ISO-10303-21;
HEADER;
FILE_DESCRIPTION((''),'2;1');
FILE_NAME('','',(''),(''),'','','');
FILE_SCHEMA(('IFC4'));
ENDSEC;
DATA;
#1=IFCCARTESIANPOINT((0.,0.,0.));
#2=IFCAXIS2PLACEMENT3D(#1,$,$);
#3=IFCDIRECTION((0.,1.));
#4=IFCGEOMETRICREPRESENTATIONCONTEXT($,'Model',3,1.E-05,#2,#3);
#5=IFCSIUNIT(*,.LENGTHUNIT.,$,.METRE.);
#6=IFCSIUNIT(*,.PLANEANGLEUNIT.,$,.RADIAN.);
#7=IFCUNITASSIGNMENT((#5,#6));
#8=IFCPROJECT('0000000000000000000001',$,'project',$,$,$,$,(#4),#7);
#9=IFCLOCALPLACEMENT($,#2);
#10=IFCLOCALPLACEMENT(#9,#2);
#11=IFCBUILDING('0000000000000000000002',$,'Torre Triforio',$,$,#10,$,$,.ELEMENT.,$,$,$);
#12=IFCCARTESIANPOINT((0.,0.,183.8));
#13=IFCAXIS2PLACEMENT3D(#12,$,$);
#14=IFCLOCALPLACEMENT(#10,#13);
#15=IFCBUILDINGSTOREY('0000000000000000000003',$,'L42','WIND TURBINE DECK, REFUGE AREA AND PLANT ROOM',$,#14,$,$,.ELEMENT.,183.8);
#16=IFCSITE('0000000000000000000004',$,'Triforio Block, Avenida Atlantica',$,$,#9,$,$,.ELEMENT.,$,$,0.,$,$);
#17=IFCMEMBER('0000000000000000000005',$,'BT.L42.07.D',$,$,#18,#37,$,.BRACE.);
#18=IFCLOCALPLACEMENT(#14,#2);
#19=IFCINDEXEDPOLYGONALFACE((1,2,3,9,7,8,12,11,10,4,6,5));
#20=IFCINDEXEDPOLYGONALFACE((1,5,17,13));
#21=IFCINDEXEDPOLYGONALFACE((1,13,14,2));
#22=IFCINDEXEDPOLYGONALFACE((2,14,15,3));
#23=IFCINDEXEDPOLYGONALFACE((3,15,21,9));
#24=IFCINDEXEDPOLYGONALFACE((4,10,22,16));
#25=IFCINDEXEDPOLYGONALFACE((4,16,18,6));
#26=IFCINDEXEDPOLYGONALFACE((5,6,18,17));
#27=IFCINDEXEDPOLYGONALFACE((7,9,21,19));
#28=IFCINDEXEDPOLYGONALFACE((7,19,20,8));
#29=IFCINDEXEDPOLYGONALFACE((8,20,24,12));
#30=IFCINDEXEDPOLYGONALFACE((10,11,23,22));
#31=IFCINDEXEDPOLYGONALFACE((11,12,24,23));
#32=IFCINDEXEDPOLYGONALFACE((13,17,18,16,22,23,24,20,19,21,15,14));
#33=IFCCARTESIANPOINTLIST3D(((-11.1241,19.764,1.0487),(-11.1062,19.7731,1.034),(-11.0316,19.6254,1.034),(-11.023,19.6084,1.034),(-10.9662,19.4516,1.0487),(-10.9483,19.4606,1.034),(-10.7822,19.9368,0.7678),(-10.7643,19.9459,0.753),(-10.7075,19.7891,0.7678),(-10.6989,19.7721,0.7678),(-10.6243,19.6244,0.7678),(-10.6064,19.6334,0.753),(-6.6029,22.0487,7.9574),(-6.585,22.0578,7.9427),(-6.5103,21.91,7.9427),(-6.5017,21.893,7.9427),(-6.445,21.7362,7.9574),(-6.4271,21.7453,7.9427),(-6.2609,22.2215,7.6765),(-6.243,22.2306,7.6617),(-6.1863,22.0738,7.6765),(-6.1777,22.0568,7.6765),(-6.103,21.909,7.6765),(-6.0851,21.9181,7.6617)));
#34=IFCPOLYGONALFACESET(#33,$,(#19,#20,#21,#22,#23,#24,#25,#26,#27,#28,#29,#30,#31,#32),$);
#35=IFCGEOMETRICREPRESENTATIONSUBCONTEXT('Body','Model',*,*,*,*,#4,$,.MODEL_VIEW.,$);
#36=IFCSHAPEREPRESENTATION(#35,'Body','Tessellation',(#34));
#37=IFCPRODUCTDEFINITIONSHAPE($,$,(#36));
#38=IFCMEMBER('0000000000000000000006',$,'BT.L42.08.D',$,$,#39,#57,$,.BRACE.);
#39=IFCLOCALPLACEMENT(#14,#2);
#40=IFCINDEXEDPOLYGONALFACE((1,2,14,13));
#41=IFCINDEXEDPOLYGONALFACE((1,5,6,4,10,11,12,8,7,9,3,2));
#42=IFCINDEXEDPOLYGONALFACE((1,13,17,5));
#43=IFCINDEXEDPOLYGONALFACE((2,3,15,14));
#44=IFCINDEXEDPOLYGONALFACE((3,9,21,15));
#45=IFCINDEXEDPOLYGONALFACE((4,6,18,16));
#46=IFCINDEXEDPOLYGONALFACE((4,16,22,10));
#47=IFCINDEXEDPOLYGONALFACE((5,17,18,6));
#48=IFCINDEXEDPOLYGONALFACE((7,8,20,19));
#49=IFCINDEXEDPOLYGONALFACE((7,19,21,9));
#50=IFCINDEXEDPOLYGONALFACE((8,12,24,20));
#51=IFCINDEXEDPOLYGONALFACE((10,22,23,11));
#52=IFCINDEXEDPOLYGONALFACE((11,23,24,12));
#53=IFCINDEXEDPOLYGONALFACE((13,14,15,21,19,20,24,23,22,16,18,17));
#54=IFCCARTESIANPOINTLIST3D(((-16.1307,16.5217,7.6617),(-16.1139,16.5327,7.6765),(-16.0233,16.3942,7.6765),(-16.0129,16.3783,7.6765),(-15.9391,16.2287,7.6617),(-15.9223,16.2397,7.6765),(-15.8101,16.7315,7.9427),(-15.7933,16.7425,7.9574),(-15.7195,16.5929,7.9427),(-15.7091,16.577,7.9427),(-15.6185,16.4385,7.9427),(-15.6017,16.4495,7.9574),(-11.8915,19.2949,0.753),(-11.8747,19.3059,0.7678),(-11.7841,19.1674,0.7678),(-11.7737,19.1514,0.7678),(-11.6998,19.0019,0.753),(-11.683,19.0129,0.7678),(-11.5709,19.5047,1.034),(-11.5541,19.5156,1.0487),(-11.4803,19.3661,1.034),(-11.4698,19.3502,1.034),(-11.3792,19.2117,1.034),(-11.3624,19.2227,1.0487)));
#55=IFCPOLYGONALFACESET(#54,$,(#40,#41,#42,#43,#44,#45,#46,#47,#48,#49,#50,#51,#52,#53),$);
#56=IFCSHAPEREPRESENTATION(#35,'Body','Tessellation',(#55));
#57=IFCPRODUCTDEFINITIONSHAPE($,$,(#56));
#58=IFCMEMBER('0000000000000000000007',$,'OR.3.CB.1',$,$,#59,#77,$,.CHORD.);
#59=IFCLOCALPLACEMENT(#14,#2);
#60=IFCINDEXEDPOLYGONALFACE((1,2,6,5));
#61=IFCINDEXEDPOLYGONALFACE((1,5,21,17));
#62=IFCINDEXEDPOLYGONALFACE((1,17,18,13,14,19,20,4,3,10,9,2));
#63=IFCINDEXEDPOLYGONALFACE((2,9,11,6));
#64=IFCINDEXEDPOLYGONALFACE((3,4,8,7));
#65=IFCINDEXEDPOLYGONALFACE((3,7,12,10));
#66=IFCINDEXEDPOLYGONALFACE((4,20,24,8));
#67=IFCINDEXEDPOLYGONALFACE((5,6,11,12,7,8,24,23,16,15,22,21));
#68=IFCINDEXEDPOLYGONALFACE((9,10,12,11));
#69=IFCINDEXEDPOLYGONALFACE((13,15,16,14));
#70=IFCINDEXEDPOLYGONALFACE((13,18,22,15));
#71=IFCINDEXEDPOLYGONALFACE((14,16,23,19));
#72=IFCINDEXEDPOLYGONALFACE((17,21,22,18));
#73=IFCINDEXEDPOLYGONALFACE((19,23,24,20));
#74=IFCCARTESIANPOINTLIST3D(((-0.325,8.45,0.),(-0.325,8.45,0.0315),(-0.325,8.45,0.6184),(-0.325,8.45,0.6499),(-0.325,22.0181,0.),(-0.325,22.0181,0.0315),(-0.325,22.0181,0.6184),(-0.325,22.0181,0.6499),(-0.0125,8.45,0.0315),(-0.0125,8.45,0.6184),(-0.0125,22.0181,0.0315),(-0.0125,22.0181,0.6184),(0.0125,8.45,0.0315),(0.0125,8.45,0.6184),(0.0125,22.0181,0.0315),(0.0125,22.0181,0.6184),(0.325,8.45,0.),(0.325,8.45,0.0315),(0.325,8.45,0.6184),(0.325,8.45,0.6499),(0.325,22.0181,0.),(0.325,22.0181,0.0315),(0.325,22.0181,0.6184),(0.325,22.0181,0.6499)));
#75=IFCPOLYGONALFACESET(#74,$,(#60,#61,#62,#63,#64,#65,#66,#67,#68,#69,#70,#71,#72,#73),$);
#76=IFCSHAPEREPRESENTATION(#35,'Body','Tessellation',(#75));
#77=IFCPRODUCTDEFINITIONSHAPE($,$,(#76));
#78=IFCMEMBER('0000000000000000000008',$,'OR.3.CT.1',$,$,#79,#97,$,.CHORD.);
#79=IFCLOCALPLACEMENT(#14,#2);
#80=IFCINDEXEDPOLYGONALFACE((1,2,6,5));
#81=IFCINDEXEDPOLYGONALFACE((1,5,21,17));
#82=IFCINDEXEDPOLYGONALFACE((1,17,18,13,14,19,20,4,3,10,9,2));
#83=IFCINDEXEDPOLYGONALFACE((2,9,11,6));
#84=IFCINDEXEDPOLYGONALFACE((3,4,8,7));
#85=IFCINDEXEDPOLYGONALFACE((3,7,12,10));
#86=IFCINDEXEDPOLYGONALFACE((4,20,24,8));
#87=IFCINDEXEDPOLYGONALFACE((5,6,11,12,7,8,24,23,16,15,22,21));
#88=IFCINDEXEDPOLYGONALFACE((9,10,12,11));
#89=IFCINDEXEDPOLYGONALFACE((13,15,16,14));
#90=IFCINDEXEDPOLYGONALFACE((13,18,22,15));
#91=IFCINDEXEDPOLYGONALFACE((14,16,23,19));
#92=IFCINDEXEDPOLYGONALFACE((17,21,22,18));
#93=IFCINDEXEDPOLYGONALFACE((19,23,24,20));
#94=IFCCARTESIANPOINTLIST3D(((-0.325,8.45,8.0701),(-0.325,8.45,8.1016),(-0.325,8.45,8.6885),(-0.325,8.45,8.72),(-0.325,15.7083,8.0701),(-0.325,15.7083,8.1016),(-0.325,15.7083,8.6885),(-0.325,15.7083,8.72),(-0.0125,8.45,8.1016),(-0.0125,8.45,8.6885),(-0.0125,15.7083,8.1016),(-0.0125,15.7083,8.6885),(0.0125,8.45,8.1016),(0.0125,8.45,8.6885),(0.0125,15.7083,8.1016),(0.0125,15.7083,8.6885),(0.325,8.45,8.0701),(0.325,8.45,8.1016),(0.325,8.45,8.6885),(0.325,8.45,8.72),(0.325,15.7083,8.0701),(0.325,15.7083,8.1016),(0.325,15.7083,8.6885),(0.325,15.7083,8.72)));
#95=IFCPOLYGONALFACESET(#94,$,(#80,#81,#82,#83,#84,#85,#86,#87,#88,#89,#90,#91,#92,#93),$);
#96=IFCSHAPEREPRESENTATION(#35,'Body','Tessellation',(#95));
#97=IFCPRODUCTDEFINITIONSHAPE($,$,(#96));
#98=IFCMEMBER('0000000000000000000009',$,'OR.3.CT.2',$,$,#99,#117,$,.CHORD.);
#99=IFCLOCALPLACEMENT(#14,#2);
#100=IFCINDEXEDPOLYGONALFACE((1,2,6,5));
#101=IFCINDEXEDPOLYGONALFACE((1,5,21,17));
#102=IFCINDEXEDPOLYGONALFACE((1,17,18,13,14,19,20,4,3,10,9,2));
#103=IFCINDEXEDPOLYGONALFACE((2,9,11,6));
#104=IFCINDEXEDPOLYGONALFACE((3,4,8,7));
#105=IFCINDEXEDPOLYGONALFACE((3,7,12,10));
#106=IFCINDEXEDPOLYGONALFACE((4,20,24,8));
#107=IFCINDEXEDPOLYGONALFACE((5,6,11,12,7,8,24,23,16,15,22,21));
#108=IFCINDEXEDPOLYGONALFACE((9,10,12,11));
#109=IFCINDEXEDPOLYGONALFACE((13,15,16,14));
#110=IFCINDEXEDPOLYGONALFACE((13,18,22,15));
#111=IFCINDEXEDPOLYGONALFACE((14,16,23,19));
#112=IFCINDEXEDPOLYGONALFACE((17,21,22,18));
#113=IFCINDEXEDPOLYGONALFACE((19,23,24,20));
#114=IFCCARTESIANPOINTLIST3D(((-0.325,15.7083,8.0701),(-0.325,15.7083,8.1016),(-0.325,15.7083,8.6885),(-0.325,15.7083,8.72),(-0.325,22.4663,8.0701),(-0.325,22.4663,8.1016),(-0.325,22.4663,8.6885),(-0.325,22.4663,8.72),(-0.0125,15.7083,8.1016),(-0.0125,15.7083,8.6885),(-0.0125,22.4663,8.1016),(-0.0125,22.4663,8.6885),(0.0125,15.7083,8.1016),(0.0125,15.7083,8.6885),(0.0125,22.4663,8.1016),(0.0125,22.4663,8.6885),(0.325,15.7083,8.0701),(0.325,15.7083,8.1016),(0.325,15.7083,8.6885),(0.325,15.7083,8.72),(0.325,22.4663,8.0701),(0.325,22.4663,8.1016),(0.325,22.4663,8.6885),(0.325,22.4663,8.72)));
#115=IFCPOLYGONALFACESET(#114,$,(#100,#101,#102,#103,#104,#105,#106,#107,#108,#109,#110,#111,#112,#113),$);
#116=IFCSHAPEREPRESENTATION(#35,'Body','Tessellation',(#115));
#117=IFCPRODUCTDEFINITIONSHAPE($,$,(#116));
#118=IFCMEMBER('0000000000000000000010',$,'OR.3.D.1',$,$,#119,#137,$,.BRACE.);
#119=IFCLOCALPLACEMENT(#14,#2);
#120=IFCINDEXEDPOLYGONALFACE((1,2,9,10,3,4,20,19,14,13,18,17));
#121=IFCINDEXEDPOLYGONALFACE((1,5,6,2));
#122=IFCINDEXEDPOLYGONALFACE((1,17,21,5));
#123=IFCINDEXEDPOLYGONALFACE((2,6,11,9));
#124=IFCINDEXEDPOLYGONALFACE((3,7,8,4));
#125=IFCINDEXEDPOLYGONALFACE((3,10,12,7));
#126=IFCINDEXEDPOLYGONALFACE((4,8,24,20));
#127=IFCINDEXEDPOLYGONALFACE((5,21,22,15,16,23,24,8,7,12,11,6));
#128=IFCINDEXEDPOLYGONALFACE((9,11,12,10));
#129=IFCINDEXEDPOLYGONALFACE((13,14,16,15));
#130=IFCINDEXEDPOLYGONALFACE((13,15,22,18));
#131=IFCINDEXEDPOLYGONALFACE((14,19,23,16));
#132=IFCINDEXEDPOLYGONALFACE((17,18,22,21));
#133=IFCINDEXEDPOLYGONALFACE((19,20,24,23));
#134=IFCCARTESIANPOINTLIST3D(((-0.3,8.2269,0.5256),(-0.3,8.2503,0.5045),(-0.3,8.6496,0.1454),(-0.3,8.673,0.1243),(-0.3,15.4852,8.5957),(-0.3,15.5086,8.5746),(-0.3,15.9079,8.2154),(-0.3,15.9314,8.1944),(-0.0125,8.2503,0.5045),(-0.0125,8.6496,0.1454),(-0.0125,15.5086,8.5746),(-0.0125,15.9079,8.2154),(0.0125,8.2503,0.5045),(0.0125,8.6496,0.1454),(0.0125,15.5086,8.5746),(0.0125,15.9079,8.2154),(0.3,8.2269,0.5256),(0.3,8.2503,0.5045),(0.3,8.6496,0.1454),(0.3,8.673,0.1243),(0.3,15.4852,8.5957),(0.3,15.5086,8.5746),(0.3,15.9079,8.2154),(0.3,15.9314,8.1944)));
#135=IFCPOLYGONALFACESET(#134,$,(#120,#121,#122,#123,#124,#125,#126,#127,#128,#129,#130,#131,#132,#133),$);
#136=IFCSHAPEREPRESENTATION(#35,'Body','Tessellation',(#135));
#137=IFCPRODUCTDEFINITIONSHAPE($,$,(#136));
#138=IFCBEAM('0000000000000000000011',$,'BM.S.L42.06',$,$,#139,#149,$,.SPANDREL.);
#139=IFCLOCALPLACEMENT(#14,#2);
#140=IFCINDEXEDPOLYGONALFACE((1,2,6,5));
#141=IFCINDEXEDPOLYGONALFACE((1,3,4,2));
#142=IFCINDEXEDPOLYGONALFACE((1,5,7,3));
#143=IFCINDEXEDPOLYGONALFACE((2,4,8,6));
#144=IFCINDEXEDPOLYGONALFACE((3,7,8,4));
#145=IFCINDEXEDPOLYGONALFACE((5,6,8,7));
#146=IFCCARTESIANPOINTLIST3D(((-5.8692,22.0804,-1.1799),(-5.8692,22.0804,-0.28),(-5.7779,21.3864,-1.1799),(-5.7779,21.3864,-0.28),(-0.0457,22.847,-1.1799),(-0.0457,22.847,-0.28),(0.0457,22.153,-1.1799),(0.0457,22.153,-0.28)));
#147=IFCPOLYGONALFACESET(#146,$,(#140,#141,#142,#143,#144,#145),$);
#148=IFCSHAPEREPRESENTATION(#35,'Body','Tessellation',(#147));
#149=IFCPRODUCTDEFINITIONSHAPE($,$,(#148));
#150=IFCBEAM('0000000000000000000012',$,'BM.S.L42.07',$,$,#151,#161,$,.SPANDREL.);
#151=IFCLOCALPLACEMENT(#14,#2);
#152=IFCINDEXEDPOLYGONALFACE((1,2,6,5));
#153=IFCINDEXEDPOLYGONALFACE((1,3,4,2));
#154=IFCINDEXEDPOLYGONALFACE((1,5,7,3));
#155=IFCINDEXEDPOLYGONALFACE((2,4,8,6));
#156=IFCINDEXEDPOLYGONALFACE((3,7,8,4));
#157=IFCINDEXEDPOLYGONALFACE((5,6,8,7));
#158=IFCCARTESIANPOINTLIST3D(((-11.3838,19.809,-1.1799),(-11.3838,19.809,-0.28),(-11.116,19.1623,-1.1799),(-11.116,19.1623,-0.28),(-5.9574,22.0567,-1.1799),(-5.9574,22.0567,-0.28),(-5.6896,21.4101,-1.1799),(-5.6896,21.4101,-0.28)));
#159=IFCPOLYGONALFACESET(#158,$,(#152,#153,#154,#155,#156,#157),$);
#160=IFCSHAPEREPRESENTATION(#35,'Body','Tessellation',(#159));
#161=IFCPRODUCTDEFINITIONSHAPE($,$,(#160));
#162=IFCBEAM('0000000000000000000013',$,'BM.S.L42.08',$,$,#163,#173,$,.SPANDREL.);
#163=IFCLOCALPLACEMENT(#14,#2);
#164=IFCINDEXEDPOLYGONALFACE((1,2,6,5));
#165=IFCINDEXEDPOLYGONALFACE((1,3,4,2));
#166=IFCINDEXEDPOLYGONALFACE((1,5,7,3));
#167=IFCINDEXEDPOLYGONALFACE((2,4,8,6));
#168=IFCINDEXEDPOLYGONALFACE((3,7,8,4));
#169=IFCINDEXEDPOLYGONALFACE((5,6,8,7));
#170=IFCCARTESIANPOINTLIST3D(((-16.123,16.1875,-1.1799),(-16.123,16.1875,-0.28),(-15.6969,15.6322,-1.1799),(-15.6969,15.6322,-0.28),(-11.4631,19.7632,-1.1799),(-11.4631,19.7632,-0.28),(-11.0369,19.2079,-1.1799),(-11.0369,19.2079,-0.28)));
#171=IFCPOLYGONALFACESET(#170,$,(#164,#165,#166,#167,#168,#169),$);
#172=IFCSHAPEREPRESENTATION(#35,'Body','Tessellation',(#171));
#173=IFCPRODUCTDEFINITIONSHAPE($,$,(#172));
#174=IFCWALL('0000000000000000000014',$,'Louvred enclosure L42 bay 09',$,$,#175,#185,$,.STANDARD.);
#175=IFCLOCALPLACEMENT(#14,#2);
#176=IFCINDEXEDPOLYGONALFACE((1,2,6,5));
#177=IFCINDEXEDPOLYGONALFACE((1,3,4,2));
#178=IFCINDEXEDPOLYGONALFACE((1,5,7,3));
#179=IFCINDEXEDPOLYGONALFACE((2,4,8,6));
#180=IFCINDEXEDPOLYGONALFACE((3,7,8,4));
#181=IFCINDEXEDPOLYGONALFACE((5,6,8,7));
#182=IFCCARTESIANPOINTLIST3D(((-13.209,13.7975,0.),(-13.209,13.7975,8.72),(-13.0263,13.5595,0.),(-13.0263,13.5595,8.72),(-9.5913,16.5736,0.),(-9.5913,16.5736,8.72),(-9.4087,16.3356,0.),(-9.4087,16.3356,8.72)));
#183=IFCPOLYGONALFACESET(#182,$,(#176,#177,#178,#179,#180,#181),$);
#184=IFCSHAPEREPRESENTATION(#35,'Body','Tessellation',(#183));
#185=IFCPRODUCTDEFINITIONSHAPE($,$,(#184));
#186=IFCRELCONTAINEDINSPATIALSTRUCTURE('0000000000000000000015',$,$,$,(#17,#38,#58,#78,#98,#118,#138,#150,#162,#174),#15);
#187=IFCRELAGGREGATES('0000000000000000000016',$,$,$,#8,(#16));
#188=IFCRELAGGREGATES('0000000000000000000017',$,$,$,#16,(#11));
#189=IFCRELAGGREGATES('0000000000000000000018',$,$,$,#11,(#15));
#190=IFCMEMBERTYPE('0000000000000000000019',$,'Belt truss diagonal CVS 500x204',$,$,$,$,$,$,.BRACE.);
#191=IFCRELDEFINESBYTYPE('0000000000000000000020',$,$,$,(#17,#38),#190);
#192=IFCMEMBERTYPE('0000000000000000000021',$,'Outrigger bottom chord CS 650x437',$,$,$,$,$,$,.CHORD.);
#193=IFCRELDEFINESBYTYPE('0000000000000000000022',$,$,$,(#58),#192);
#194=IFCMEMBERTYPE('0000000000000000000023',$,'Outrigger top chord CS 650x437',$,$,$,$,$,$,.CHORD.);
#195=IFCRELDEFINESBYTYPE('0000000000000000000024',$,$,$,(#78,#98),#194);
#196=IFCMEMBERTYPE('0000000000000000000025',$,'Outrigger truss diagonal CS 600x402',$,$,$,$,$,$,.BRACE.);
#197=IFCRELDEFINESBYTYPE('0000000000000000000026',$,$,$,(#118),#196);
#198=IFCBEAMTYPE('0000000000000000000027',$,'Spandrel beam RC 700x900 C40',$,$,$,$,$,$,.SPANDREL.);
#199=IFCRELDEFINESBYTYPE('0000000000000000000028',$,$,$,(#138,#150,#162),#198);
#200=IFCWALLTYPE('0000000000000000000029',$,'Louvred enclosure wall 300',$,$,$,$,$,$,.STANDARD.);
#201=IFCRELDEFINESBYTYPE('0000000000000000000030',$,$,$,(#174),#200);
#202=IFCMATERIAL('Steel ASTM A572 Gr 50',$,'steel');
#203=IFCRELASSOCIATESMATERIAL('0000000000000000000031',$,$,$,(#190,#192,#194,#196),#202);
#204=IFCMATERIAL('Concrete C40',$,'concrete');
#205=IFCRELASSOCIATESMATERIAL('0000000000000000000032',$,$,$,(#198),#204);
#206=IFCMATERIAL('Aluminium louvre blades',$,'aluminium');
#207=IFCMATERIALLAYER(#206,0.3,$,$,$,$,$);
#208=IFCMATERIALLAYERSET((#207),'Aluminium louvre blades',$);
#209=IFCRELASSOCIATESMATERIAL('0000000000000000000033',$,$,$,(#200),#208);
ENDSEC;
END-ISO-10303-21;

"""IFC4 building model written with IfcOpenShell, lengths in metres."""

from ifc_helpers import new_model, si_unit, direction, frame, frame_2d, origin, origin_2d, place, context, subcontext, project, spatial, rectangle, i_section, extrude, material, layer, layer_set, material_profile, profile_set, type_object, element, save


model = new_model("IFC4")

# Units and contexts
model_context = context("Model", 3, precision=1e-05, world=origin(), true_north=direction((0.0, 1.0)))
body_context = subcontext(model_context, "Body", "Model", "MODEL_VIEW")
ifc_project = project(units=[si_unit("LENGTHUNIT", "METRE"), si_unit("PLANEANGLEUNIT", "RADIAN")], contexts=[model_context])

# Site, building, storey
site_placement = place(None, origin())
site = spatial("IfcSite", under=ifc_project, at=site_placement, Name="Triforio Block, Avenida Atlantica", CompositionType="ELEMENT", RefElevation=0.0)
building_placement = place(site_placement, origin())
building = spatial("IfcBuilding", under=site, at=building_placement, Name="Torre Triforio", CompositionType="ELEMENT")
storey_placement = place(building_placement, frame((0.0, 0.0, 183.8)))
storey = spatial("IfcBuildingStorey", under=building, at=storey_placement, Name="L42", Description="WIND TURBINE DECK, REFUGE AREA AND PLANT ROOM", CompositionType="ELEMENT", Elevation=183.8)

# Members
ifc_material_1 = material(Name="Steel ASTM A572 Gr 50", Category="steel")
ifc_material_profile_1 = material_profile(ifc_material_1, i_section(OverallWidth=0.3501, OverallDepth=0.5, WebThickness=0.019, FlangeThickness=0.0249, at=origin_2d()), Name="CVS 500x204")
ifc_profile_set_1 = profile_set([ifc_material_profile_1], Name="Steel ASTM A572 Gr 50")
member_type_1 = type_object("IfcMemberType", Name="Belt truss diagonal CVS 500x204", PredefinedType="BRACE", material=ifc_profile_set_1)
for number, where, z_axis, x_axis, name in (
    (1, (-6.344, 21.9834, 7.8096), (-0.527758, -0.266686, -0.806442), (0.451007, -0.89252, 0.0), "BT.L42.07.D"),
    (2, (-11.627, 19.2588, 0.9009), (-0.494841, -0.32371, 0.806439), (0.547439, -0.836846, 0.0), "BT.L42.08.D"),
):
    element("IfcMember", number, at=place(storey_placement, frame(where, z_axis=z_axis, x_axis=x_axis)), inside=storey, type_object=member_type_1, Name=name, PredefinedType="BRACE", context=body_context, shape_type="SweptSolid", body=[
        extrude(i_section(OverallWidth=0.3501, OverallDepth=0.5, WebThickness=0.019, FlangeThickness=0.0249, at=origin_2d()), origin(), (0.0, 0.0, 1.0), 8.5669),
    ])
ifc_material_profile_2 = material_profile(ifc_material_1, i_section(OverallWidth=0.6499, OverallDepth=0.6499, WebThickness=0.0249, FlangeThickness=0.0315, at=origin_2d()), Name="CS 650x437")
ifc_profile_set_2 = profile_set([ifc_material_profile_2], Name="Steel ASTM A572 Gr 50")
member_type_2 = type_object("IfcMemberType", Name="Outrigger bottom chord CS 650x437", PredefinedType="CHORD", material=ifc_profile_set_2)
member_1_placement = place(storey_placement, frame((0.0, 8.45, 0.325), z_axis=(0.0, 1.0, 0.0), x_axis=(-1.0, 0.0, 0.0)))
element("IfcMember", 3, at=member_1_placement, inside=storey, type_object=member_type_2, Name="OR.3.CB.1", PredefinedType="CHORD", context=body_context, shape_type="SweptSolid", body=[
    extrude(i_section(OverallWidth=0.6499, OverallDepth=0.6499, WebThickness=0.0249, FlangeThickness=0.0315, at=origin_2d()), origin(), (0.0, 0.0, 1.0), 13.5681),
])
ifc_material_profile_3 = material_profile(ifc_material_1, i_section(OverallWidth=0.6499, OverallDepth=0.6499, WebThickness=0.0249, FlangeThickness=0.0315, at=origin_2d()), Name="CS 650x437")
ifc_profile_set_3 = profile_set([ifc_material_profile_3], Name="Steel ASTM A572 Gr 50")
member_type_3 = type_object("IfcMemberType", Name="Outrigger top chord CS 650x437", PredefinedType="CHORD", material=ifc_profile_set_3)
member_2_placement = place(storey_placement, frame((0.0, 8.45, 8.395), z_axis=(0.0, 1.0, 0.0), x_axis=(-1.0, 0.0, 0.0)))
element("IfcMember", 4, at=member_2_placement, inside=storey, type_object=member_type_3, Name="OR.3.CT.1", PredefinedType="CHORD", context=body_context, shape_type="SweptSolid", body=[
    extrude(i_section(OverallWidth=0.6499, OverallDepth=0.6499, WebThickness=0.0249, FlangeThickness=0.0315, at=origin_2d()), origin(), (0.0, 0.0, 1.0), 7.2583),
])
member_3_placement = place(storey_placement, frame((0.0, 15.7083, 8.395), z_axis=(0.0, 1.0, 0.0), x_axis=(-1.0, 0.0, 0.0)))
element("IfcMember", 5, at=member_3_placement, inside=storey, type_object=member_type_3, Name="OR.3.CT.2", PredefinedType="CHORD", context=body_context, shape_type="SweptSolid", body=[
    extrude(i_section(OverallWidth=0.6499, OverallDepth=0.6499, WebThickness=0.0249, FlangeThickness=0.0315, at=origin_2d()), origin(), (0.0, 0.0, 1.0), 6.7581),
])
ifc_material_profile_4 = material_profile(ifc_material_1, i_section(OverallWidth=0.6001, OverallDepth=0.6001, WebThickness=0.0249, FlangeThickness=0.0315, at=origin_2d()), Name="CS 600x402")
ifc_profile_set_4 = profile_set([ifc_material_profile_4], Name="Steel ASTM A572 Gr 50")
member_type_4 = type_object("IfcMemberType", Name="Outrigger truss diagonal CS 600x402", PredefinedType="BRACE", material=ifc_profile_set_4)
member_4_placement = place(storey_placement, frame((0.0, 8.45, 0.325), z_axis=(0.0, 0.668722, 0.743512), x_axis=(-1.0, 0.0, 0.0)))
element("IfcMember", 6, at=member_4_placement, inside=storey, type_object=member_type_4, Name="OR.3.D.1", PredefinedType="BRACE", context=body_context, shape_type="SweptSolid", body=[
    extrude(i_section(OverallWidth=0.6001, OverallDepth=0.6001, WebThickness=0.0249, FlangeThickness=0.0315, at=origin_2d()), origin(), (0.0, 0.0, 1.0), 10.854),
])

# Beams
ifc_material_2 = material(Name="Concrete C40", Category="concrete")
ifc_material_profile_5 = material_profile(ifc_material_2, rectangle(XDim=0.7, YDim=0.8999, at=origin_2d()), Name="RC 700x900")
ifc_profile_set_5 = profile_set([ifc_material_profile_5], Name="Concrete C40")
beam_type = type_object("IfcBeamType", Name="Spandrel beam RC 700x900 C40", PredefinedType="SPANDREL", material=ifc_profile_set_5)
beam_1_placement = place(storey_placement, frame((0.0, 22.5, -0.73), z_axis=(-0.991447, -0.130514, 0.0), x_axis=(0.130514, -0.991447, 0.0)))
element("IfcBeam", 7, at=beam_1_placement, inside=storey, type_object=beam_type, Name="BM.S.L42.06", PredefinedType="SPANDREL", context=body_context, shape_type="SweptSolid", body=[
    extrude(rectangle(XDim=0.7, YDim=0.8999, at=origin_2d()), origin(), (0.0, 0.0, 1.0), 5.8738),
])
beam_2_placement = place(storey_placement, frame((-5.8235, 21.7334, -0.73), z_axis=(-0.923875, -0.382693, 0.0), x_axis=(0.382693, -0.923875, 0.0)))
element("IfcBeam", 8, at=beam_2_placement, inside=storey, type_object=beam_type, Name="BM.S.L42.07", PredefinedType="SPANDREL", context=body_context, shape_type="SweptSolid", body=[
    extrude(rectangle(XDim=0.7, YDim=0.8999, at=origin_2d()), origin(), (0.0, 0.0, 1.0), 5.8735),
])
beam_3_placement = place(storey_placement, frame((-11.25, 19.4856, -0.73), z_axis=(-0.793353, -0.608762, 0.0), x_axis=(0.608762, -0.793353, 0.0)))
element("IfcBeam", 9, at=beam_3_placement, inside=storey, type_object=beam_type, Name="BM.S.L42.08", PredefinedType="SPANDREL", context=body_context, shape_type="SweptSolid", body=[
    extrude(rectangle(XDim=0.7, YDim=0.8999, at=origin_2d()), origin(), (0.0, 0.0, 1.0), 5.8738),
])

# Wall
ifc_material_3 = material(Name="Aluminium louvre blades", Category="aluminium")
ifc_layer_1 = layer(ifc_material_3, 0.3)
ifc_layer_set_1 = layer_set([ifc_layer_1], Name="Aluminium louvre blades")
wall_type_1 = type_object("IfcWallType", Name="Louvred enclosure wall 300", PredefinedType="STANDARD", material=ifc_layer_set_1)
wall_1_placement = place(storey_placement, frame((-9.5, 16.4546, 0.0), z_axis=(0.0, 0.0, 1.0), x_axis=(-0.793334, -0.608787, 0.0)))
element("IfcWall", 10, at=wall_1_placement, inside=storey, type_object=wall_type_1, Name="Louvred enclosure L42 bay 09", PredefinedType="STANDARD", context=body_context, shape_type="SweptSolid", body=[
    extrude(rectangle(XDim=4.5601, YDim=0.3, at=frame_2d((2.28, 0.0))), origin(), (0.0, 0.0, 1.0), 8.72),
])

save(model, "model.ifc")
